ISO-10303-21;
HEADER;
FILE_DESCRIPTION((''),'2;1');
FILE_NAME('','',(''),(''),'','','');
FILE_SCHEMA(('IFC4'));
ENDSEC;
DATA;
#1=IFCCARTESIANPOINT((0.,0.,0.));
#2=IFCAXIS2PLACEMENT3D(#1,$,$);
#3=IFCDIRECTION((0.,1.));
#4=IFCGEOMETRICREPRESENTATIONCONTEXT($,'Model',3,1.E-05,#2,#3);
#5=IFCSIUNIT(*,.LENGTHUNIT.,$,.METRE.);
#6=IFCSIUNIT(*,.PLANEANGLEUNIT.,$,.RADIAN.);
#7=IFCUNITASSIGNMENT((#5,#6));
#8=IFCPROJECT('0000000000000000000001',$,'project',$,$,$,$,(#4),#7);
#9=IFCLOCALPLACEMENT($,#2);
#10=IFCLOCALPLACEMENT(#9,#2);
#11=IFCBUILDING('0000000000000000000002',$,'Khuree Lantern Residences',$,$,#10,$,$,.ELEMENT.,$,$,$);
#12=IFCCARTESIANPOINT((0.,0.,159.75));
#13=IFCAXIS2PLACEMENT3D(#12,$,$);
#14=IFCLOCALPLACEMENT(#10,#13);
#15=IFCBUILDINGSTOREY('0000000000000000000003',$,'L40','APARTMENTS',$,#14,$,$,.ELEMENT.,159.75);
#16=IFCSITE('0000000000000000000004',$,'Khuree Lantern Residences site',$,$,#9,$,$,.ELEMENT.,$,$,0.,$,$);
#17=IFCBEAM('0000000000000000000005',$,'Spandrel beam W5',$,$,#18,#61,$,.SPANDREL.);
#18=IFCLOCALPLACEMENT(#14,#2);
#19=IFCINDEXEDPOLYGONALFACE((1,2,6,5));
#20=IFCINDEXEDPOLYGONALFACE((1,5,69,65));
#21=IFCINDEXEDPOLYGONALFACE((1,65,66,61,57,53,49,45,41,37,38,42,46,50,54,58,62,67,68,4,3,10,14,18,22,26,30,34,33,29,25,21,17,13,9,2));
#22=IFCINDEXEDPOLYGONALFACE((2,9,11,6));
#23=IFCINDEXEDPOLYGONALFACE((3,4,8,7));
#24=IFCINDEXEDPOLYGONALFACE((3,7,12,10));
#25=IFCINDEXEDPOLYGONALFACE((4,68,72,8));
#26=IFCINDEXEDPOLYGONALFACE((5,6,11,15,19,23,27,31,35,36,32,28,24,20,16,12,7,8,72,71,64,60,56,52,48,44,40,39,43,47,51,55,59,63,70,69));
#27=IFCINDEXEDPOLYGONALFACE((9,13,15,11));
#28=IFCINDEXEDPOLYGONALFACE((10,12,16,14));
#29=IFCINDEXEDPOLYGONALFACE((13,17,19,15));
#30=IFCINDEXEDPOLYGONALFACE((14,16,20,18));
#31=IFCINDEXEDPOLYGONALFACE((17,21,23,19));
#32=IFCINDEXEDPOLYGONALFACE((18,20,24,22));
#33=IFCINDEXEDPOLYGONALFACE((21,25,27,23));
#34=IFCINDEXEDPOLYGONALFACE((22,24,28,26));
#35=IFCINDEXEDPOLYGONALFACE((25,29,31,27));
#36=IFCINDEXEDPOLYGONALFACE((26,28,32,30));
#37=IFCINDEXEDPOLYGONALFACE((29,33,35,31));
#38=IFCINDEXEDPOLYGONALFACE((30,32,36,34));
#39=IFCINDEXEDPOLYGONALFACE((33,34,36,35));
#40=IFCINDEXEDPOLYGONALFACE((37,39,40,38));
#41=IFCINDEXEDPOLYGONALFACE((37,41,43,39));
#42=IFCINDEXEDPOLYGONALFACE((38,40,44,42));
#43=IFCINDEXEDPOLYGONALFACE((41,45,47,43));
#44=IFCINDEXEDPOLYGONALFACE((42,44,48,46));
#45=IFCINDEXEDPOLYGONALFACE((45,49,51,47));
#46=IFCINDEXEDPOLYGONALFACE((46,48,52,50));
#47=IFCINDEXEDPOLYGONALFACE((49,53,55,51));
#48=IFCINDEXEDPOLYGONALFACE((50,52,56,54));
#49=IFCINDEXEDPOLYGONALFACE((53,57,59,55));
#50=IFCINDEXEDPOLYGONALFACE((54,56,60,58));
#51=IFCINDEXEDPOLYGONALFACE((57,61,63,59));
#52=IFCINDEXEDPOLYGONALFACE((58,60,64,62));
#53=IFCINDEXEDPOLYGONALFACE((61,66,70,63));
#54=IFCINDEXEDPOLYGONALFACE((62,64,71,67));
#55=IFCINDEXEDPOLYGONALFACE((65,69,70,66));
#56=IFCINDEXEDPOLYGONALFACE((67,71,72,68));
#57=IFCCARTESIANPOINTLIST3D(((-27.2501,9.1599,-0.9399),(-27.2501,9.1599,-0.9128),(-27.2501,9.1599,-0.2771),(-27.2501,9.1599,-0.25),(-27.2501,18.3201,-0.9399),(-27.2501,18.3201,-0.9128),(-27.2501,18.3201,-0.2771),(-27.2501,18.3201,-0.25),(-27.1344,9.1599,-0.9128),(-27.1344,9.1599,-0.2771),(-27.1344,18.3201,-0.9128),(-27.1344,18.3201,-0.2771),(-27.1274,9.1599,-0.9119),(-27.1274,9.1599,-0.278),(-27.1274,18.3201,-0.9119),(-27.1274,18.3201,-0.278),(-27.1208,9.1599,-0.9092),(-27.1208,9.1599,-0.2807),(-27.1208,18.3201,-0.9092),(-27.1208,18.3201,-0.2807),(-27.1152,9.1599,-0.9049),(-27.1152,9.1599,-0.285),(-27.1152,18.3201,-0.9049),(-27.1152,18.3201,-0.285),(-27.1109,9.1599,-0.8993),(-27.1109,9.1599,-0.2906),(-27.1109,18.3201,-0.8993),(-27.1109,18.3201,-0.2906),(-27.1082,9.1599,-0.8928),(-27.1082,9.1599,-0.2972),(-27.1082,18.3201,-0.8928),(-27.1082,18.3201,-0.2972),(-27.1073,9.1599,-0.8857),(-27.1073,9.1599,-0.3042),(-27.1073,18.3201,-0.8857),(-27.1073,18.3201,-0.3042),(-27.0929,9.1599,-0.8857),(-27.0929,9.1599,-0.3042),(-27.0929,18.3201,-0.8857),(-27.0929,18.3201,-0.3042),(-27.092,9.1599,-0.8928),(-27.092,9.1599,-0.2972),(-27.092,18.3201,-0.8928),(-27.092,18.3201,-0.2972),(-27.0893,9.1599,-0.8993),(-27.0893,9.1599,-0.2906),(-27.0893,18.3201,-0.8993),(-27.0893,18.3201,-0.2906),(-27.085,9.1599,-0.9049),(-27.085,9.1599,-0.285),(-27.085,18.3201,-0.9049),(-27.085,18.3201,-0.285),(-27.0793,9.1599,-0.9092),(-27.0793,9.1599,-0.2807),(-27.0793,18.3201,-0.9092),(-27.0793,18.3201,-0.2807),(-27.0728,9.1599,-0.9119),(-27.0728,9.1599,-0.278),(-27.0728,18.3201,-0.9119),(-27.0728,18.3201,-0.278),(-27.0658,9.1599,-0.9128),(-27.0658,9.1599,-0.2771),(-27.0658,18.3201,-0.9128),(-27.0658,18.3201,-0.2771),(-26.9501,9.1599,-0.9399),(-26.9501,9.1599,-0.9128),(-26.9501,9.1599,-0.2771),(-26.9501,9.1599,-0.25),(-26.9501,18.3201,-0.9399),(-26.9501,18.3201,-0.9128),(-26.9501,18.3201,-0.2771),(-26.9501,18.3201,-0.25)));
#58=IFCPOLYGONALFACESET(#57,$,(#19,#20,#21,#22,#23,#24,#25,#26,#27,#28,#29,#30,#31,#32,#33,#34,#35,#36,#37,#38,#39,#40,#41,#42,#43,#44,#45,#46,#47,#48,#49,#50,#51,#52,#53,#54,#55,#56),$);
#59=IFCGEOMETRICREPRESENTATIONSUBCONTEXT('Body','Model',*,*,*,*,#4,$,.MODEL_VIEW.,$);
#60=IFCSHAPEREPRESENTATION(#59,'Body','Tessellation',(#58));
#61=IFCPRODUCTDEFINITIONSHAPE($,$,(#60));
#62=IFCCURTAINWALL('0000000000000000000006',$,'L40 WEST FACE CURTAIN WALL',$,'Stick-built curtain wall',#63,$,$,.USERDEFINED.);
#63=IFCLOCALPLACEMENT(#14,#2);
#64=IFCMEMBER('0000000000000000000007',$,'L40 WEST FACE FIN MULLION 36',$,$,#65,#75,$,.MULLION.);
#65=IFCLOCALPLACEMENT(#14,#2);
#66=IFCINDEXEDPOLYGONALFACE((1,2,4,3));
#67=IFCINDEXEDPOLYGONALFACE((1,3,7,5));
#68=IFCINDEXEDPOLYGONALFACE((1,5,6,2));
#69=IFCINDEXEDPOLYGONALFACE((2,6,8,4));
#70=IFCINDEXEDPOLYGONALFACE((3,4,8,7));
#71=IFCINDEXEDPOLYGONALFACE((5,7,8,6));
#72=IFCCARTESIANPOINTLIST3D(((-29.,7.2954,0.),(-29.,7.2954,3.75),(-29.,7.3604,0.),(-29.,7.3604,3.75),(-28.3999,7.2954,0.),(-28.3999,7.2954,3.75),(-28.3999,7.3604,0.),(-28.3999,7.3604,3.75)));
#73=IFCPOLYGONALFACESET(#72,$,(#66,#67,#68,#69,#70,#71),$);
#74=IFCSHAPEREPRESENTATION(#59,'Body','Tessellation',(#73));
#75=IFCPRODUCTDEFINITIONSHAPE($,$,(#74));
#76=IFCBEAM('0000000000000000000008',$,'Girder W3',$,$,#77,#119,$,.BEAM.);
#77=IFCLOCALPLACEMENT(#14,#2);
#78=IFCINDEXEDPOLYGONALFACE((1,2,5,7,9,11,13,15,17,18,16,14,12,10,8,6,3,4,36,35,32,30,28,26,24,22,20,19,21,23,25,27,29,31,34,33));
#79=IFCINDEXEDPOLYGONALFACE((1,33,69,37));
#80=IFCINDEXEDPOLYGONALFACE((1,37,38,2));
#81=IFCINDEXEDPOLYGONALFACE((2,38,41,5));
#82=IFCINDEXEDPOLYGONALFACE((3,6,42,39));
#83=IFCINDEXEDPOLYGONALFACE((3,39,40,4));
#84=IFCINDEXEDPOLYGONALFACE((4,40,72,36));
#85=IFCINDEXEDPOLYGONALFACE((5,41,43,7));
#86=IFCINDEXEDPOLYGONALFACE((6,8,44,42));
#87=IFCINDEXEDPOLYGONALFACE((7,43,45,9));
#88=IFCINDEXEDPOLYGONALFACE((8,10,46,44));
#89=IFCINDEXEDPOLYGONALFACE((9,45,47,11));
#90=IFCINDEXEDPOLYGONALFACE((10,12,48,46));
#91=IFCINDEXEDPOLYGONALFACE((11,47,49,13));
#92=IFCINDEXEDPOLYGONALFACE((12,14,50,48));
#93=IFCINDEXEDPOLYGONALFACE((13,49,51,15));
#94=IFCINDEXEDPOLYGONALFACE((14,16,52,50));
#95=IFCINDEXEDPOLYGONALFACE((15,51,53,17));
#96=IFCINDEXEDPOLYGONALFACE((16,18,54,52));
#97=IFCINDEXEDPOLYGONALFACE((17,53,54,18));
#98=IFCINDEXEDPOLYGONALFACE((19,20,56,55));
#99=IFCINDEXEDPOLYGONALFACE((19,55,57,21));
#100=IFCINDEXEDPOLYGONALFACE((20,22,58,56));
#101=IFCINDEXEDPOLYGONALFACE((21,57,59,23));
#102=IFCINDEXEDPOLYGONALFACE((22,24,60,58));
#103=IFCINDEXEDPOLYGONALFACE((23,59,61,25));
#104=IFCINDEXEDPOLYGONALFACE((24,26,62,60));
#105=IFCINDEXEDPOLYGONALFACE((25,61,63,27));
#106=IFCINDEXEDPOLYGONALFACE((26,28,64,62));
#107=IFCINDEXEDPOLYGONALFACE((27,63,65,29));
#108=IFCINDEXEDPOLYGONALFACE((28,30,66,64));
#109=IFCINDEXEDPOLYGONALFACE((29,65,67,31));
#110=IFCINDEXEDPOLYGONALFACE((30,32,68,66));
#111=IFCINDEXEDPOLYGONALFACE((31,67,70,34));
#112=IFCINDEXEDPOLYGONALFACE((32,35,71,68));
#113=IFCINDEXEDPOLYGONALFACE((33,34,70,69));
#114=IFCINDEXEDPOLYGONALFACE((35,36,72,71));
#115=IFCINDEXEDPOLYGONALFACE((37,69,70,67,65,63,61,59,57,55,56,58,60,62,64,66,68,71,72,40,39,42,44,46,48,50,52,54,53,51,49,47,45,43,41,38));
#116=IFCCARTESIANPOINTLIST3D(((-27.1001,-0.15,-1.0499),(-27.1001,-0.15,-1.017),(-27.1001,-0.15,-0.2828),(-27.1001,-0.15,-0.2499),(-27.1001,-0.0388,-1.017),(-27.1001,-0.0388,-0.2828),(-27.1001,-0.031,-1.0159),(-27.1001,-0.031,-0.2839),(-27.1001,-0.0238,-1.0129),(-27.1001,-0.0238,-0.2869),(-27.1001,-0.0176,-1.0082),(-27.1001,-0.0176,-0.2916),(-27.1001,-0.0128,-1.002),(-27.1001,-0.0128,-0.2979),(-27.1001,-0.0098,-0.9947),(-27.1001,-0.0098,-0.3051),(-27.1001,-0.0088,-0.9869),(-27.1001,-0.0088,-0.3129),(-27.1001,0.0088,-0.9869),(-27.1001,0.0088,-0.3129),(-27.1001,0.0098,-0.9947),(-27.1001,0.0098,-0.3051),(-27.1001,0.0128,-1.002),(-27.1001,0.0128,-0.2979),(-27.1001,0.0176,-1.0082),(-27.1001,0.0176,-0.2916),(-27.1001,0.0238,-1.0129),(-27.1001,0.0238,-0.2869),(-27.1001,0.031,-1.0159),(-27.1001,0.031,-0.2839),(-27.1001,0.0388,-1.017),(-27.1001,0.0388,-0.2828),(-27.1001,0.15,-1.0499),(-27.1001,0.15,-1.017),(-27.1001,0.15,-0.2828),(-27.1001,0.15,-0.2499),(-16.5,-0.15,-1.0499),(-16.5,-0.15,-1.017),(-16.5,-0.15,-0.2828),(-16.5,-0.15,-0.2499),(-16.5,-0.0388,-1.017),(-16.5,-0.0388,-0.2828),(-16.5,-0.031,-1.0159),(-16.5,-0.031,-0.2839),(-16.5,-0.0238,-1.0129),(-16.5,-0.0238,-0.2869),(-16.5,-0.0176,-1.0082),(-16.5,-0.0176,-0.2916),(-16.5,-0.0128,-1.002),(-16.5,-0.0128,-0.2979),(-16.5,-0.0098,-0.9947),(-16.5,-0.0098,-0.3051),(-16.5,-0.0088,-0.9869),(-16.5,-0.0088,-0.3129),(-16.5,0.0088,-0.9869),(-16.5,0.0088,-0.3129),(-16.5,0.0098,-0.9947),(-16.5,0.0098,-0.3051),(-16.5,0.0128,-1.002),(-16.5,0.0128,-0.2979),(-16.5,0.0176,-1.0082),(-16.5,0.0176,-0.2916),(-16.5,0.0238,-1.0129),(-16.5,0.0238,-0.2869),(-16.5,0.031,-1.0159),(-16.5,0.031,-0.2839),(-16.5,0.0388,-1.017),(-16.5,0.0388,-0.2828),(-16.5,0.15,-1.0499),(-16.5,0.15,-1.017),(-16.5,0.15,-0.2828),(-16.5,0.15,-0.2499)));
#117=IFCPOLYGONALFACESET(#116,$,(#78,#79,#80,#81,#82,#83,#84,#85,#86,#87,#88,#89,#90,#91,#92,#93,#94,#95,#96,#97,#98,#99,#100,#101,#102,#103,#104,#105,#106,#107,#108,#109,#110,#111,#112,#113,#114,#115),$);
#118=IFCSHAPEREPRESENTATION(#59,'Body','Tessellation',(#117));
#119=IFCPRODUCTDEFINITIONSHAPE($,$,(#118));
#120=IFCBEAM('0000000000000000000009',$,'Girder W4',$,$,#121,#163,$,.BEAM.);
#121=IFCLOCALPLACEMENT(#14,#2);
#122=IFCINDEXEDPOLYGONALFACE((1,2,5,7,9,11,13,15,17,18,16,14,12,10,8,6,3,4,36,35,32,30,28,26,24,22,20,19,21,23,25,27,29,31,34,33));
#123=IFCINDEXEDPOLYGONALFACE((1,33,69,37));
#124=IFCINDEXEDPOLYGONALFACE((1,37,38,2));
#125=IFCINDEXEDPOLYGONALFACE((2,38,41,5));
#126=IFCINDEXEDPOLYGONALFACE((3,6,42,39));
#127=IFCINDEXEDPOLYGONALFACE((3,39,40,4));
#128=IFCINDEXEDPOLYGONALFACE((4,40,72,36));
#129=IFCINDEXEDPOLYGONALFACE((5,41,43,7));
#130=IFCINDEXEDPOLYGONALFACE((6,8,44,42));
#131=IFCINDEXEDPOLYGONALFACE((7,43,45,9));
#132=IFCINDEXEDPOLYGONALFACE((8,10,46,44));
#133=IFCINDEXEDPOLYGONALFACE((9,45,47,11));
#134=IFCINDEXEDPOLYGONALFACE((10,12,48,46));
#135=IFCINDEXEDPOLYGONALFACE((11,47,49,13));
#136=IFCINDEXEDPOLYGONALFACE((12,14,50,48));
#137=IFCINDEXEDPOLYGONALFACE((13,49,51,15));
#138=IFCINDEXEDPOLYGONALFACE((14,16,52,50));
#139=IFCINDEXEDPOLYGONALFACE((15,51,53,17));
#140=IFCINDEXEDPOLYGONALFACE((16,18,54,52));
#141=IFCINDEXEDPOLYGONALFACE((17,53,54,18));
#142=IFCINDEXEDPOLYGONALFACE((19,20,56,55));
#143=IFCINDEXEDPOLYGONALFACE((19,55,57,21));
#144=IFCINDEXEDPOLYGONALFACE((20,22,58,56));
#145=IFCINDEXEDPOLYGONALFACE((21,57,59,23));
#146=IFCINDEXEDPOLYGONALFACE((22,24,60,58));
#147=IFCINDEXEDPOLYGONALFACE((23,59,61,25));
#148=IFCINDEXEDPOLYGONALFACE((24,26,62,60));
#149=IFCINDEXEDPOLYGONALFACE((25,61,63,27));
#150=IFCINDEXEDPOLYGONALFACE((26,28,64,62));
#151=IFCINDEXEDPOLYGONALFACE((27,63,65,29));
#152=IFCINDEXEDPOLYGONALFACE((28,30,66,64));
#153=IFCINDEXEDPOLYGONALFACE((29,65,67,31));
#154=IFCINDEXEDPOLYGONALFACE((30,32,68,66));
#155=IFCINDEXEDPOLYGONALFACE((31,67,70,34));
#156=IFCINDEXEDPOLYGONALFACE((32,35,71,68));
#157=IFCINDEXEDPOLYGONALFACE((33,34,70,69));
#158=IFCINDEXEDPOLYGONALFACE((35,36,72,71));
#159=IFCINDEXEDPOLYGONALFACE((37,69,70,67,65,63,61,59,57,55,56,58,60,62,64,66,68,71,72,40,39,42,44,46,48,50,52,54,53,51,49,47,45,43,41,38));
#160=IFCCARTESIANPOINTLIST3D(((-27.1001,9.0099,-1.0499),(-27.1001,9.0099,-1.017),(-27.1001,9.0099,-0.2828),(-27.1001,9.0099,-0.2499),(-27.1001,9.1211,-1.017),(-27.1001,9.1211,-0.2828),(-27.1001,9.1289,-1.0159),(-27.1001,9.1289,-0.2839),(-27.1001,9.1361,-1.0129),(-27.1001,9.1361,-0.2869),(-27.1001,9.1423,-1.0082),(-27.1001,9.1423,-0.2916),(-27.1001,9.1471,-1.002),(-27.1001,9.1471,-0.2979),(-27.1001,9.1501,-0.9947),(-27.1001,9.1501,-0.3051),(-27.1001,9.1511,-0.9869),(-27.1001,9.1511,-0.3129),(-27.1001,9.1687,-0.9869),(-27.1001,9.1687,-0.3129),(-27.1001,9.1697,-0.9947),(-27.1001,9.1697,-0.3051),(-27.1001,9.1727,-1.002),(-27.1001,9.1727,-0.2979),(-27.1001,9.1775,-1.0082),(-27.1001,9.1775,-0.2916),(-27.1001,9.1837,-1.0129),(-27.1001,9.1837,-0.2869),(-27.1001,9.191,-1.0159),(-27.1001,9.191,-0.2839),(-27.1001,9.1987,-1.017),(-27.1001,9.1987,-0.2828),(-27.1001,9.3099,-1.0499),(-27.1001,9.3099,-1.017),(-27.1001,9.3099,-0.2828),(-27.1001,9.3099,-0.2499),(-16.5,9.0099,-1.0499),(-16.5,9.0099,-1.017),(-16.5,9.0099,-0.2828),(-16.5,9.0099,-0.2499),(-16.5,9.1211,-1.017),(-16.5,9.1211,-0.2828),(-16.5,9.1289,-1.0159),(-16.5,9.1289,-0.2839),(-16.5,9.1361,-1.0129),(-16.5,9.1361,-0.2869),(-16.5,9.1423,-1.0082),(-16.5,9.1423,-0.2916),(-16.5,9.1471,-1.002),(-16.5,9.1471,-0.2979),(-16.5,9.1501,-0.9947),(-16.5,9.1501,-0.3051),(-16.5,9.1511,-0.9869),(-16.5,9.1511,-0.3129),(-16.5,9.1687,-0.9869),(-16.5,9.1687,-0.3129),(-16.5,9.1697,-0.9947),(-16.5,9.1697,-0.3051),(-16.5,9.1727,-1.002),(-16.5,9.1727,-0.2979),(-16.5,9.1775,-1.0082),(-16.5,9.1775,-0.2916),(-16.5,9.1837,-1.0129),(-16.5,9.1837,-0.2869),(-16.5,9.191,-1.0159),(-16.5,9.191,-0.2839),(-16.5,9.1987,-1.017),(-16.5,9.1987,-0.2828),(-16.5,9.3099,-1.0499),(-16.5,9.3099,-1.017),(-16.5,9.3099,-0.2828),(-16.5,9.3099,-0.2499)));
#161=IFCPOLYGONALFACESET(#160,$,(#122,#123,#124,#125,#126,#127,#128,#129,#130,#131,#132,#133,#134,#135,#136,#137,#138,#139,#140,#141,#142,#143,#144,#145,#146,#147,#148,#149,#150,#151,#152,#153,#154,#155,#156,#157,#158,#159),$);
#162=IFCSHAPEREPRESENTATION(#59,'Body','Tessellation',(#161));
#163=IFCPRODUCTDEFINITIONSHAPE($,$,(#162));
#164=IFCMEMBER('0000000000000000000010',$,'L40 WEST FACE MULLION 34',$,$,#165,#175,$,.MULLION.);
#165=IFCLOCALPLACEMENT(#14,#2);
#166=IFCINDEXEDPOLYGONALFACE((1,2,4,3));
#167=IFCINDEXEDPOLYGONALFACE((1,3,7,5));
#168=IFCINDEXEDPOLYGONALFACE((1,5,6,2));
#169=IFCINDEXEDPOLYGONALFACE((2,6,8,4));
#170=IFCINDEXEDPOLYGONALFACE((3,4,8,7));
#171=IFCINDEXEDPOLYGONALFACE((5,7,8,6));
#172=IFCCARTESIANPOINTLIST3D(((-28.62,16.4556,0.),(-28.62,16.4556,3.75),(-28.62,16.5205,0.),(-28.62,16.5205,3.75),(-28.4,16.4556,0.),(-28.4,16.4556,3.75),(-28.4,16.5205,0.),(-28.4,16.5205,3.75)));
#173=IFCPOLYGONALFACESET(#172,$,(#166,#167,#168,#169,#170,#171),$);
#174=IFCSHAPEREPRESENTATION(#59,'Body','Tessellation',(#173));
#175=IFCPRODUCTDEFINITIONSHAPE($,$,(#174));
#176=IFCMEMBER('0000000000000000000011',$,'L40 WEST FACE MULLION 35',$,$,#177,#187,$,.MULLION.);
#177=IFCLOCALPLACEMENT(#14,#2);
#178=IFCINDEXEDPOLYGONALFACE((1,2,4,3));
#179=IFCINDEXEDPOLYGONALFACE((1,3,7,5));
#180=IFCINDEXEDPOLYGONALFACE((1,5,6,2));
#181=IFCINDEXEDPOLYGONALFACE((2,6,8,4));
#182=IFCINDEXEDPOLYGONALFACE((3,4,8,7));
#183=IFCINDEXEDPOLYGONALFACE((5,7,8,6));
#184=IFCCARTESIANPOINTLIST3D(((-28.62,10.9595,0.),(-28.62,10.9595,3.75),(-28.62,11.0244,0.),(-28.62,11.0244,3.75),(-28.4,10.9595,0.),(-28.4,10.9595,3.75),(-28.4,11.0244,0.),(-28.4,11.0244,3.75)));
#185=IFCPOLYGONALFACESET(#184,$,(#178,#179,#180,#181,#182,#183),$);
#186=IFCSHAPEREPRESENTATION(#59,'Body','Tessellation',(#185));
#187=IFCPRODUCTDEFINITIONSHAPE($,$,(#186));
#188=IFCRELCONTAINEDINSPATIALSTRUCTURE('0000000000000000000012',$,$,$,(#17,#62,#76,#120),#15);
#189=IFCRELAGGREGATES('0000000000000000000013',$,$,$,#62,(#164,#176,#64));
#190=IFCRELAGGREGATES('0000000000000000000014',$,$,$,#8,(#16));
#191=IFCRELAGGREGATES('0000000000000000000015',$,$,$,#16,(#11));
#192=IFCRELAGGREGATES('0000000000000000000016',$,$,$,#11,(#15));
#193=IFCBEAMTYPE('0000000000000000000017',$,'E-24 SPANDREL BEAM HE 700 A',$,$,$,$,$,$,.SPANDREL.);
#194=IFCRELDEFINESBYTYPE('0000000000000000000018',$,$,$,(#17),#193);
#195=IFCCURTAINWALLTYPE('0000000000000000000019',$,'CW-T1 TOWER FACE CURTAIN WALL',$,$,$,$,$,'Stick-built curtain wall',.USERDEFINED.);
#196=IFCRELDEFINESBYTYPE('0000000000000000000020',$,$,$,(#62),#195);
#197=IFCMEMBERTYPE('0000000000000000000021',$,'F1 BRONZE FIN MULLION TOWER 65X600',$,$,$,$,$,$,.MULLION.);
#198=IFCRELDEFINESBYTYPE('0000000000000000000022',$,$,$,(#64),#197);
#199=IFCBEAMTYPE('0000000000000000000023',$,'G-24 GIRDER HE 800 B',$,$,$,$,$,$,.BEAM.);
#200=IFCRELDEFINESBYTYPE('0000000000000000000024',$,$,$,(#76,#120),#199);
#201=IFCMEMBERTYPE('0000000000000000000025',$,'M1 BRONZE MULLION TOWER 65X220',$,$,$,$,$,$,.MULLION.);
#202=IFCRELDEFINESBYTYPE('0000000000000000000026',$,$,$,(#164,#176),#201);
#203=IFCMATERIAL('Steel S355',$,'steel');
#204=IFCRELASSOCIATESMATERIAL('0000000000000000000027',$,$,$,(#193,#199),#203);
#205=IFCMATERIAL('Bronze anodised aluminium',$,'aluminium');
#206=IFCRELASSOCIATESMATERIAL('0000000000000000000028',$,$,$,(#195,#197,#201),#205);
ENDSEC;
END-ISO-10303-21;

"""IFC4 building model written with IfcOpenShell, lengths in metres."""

from ifc_helpers import new_model, si_unit, direction, frame, origin, origin_2d, place, context, subcontext, project, spatial, rectangle, i_section, extrude, material, material_profile, profile_set, type_object, element, aggregate, save


model = new_model("IFC4")

# Units and contexts
model_context = context("Model", 3, precision=1e-05, world=origin(), true_north=direction((0.0, 1.0)))
body_context = subcontext(model_context, "Body", "Model", "MODEL_VIEW")
ifc_project = project(units=[si_unit("LENGTHUNIT", "METRE"), si_unit("PLANEANGLEUNIT", "RADIAN")], contexts=[model_context])

# Site, building, storey
site_placement = place(None, origin())
site = spatial("IfcSite", under=ifc_project, at=site_placement, Name="Khuree Lantern Residences site", CompositionType="ELEMENT", RefElevation=0.0)
building_placement = place(site_placement, origin())
building = spatial("IfcBuilding", under=site, at=building_placement, Name="Khuree Lantern Residences", CompositionType="ELEMENT")
storey_placement = place(building_placement, frame((0.0, 0.0, 159.75)))
storey = spatial("IfcBuildingStorey", under=building, at=storey_placement, Name="L40", Description="APARTMENTS", CompositionType="ELEMENT", Elevation=159.75)

# Beam
ifc_material_1 = material(Name="Steel S355", Category="steel")
ifc_material_profile_1 = material_profile(ifc_material_1, i_section(OverallWidth=0.3, OverallDepth=0.6899, WebThickness=0.0144, FlangeThickness=0.0271, FilletRadius=0.0271, at=origin_2d()), Name="HE 700 A")
ifc_profile_set_1 = profile_set([ifc_material_profile_1], Name="Steel S355")
beam_type_1 = type_object("IfcBeamType", Name="E-24 SPANDREL BEAM HE 700 A", PredefinedType="SPANDREL", material=ifc_profile_set_1)
beam_1_placement = place(storey_placement, frame((-27.1001, 9.1599, -0.595), z_axis=(0.0, 1.0, 0.0), x_axis=(-1.0, 0.0, 0.0)))
element("IfcBeam", 1, at=beam_1_placement, inside=storey, type_object=beam_type_1, Name="Spandrel beam W5", PredefinedType="SPANDREL", context=body_context, shape_type="SweptSolid", body=[
    extrude(i_section(OverallWidth=0.3, OverallDepth=0.6899, WebThickness=0.0144, FlangeThickness=0.0271, FilletRadius=0.0271, at=origin_2d()), origin(), (0.0, 0.0, 1.0), 9.1602),
])

# Curtain wall, member
ifc_material_2 = material(Name="Bronze anodised aluminium", Category="aluminium")
curtain_wall_type = type_object("IfcCurtainWallType", Name="CW-T1 TOWER FACE CURTAIN WALL", ElementType="Stick-built curtain wall", PredefinedType="USERDEFINED", material=ifc_material_2)
curtain_wall_placement = place(storey_placement, origin())
curtain_wall = element("IfcCurtainWall", 2, at=curtain_wall_placement, inside=storey, type_object=curtain_wall_type, Name="L40 WEST FACE CURTAIN WALL", ObjectType="Stick-built curtain wall", PredefinedType="USERDEFINED")
ifc_material_profile_2 = material_profile(ifc_material_2, rectangle(XDim=0.0649, YDim=0.6001, at=origin_2d()), Name="F1 65X600")
ifc_profile_set_2 = profile_set([ifc_material_profile_2], Name="Bronze anodised aluminium")
member_type_1 = type_object("IfcMemberType", Name="F1 BRONZE FIN MULLION TOWER 65X600", PredefinedType="MULLION", material=ifc_profile_set_2)
member_1_placement = place(storey_placement, frame((-28.7, 7.3279, 0.0), z_axis=(0.0, 0.0, 1.0), x_axis=(0.0, -1.0, 0.0)))
member_1 = element("IfcMember", 3, at=member_1_placement, type_object=member_type_1, Name="L40 WEST FACE FIN MULLION 36", PredefinedType="MULLION", context=body_context, shape_type="SweptSolid", body=[
    extrude(rectangle(XDim=0.0649, YDim=0.6001, at=origin_2d()), origin(), (0.0, 0.0, 1.0), 3.75),
])

# Beams
ifc_material_profile_3 = material_profile(ifc_material_1, i_section(OverallWidth=0.3, OverallDepth=0.8, WebThickness=0.0176, FlangeThickness=0.033, FilletRadius=0.03, at=origin_2d()), Name="HE 800 B")
ifc_profile_set_3 = profile_set([ifc_material_profile_3], Name="Steel S355")
beam_type_2 = type_object("IfcBeamType", Name="G-24 GIRDER HE 800 B", PredefinedType="BEAM", material=ifc_profile_set_3)
for number, where, z_axis, x_axis, name in (
    (4, (-27.1001, 0.0, -0.6499), (1.0, 0.0, 0.0), (0.0, 1.0, 0.0), "Girder W3"),
    (5, (-27.1001, 9.1599, -0.6499), (1.0, 0.0, 0.0), (0.0, 1.0, 0.0), "Girder W4"),
):
    element("IfcBeam", number, at=place(storey_placement, frame(where, z_axis=z_axis, x_axis=x_axis)), inside=storey, type_object=beam_type_2, Name=name, PredefinedType="BEAM", context=body_context, shape_type="SweptSolid", body=[
        extrude(i_section(OverallWidth=0.3, OverallDepth=0.8, WebThickness=0.0176, FlangeThickness=0.033, FilletRadius=0.03, at=origin_2d()), origin(), (0.0, 0.0, 1.0), 10.6001),
    ])

# Members
ifc_material_profile_4 = material_profile(ifc_material_2, rectangle(XDim=0.0649, YDim=0.22, at=origin_2d()), Name="M1 65X220")
ifc_profile_set_4 = profile_set([ifc_material_profile_4], Name="Bronze anodised aluminium")
member_type_2 = type_object("IfcMemberType", Name="M1 BRONZE MULLION TOWER 65X220", PredefinedType="MULLION", material=ifc_profile_set_4)
member_2_placement = place(storey_placement, frame((-28.51, 16.488, 0.0), z_axis=(0.0, 0.0, 1.0), x_axis=(0.0, -1.0, 0.0)))
member_2 = element("IfcMember", 6, at=member_2_placement, type_object=member_type_2, Name="L40 WEST FACE MULLION 34", PredefinedType="MULLION", context=body_context, shape_type="SweptSolid", body=[
    extrude(rectangle(XDim=0.0649, YDim=0.22, at=origin_2d()), origin(), (0.0, 0.0, 1.0), 3.75),
])
member_3_placement = place(storey_placement, frame((-28.51, 10.9919, 0.0), z_axis=(0.0, 0.0, 1.0), x_axis=(0.0, -1.0, 0.0)))
member_3 = element("IfcMember", 7, at=member_3_placement, type_object=member_type_2, Name="L40 WEST FACE MULLION 35", PredefinedType="MULLION", context=body_context, shape_type="SweptSolid", body=[
    extrude(rectangle(XDim=0.0649, YDim=0.22, at=origin_2d()), origin(), (0.0, 0.0, 1.0), 3.75),
])

aggregate(curtain_wall, [member_2, member_3, member_1])

save(model, "model.ifc")
